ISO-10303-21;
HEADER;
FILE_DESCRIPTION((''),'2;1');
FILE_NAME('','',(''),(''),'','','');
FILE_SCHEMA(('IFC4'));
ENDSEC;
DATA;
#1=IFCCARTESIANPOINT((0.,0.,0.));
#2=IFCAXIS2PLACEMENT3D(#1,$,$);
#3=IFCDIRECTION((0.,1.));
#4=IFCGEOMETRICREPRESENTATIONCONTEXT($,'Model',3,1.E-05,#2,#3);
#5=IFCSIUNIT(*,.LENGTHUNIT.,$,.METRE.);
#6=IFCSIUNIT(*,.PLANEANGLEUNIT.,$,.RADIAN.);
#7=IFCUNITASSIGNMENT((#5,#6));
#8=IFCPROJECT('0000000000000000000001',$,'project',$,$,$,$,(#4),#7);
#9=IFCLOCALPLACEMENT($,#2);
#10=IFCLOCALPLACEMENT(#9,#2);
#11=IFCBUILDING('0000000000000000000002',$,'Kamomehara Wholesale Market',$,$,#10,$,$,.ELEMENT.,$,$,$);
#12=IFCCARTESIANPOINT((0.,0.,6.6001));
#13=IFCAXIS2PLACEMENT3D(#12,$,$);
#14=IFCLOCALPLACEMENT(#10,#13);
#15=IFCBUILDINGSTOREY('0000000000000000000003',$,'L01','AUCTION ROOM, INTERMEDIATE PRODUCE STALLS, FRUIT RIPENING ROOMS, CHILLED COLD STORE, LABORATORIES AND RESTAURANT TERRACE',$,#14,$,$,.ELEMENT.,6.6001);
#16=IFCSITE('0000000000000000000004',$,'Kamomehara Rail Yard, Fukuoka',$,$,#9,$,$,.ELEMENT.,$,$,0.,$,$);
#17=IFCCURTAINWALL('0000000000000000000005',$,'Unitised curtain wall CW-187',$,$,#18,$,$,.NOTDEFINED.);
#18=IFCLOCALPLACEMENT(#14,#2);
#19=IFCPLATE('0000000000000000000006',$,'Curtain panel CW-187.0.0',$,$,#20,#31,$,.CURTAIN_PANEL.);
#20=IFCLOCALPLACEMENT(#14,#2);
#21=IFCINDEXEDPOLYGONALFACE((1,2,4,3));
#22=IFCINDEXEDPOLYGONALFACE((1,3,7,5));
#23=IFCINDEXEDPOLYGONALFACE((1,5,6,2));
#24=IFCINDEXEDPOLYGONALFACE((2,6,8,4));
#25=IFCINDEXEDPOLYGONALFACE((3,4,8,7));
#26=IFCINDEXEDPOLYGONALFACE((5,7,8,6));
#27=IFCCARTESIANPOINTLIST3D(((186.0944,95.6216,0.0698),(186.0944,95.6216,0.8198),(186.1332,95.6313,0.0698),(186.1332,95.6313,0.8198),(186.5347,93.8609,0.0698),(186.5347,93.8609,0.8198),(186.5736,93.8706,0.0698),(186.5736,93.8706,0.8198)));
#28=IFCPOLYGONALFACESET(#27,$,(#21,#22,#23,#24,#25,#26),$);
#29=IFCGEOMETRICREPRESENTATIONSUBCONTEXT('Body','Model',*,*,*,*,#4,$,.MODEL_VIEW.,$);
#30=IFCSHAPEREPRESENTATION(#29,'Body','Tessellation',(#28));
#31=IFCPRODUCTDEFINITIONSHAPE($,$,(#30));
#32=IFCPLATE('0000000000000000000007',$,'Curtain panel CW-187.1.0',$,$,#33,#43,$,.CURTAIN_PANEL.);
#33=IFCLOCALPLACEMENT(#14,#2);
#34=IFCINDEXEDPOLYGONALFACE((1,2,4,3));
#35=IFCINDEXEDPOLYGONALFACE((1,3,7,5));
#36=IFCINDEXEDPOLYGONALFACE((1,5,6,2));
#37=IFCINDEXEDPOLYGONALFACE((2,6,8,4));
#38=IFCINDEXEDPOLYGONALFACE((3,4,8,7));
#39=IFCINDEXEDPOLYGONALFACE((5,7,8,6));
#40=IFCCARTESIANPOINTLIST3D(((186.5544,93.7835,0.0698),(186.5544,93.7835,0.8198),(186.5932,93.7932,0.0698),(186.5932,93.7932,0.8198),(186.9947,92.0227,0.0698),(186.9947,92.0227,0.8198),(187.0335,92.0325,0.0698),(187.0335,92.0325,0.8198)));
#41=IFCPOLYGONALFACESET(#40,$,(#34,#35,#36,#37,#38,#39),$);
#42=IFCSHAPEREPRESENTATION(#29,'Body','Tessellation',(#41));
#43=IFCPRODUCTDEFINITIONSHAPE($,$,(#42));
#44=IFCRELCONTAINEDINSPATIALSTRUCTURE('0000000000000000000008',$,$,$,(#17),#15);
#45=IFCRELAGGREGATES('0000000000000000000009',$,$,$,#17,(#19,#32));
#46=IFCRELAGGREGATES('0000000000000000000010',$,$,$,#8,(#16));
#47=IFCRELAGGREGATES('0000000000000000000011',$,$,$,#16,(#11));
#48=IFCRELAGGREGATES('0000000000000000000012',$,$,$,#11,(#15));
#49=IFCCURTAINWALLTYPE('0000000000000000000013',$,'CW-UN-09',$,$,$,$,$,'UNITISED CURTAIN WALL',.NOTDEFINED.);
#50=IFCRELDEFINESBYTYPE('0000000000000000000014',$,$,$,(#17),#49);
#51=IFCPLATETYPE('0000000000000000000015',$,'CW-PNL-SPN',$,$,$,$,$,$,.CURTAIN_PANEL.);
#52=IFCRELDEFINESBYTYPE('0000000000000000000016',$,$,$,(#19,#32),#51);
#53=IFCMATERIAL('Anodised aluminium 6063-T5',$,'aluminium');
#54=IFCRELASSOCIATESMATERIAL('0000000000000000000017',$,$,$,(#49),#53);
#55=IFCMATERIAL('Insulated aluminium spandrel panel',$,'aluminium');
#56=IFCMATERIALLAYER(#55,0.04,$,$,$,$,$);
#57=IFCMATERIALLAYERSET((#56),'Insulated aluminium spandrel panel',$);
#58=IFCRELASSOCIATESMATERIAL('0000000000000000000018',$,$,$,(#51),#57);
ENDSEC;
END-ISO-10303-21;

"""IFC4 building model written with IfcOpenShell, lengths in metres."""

from ifc_helpers import new_model, si_unit, direction, frame, origin, origin_2d, place, context, subcontext, project, spatial, rectangle, extrude, material, layer, layer_set, type_object, element, aggregate, save


model = new_model("IFC4")

# Units and contexts
model_context = context("Model", 3, precision=1e-05, world=origin(), true_north=direction((0.0, 1.0)))
body_context = subcontext(model_context, "Body", "Model", "MODEL_VIEW")
ifc_project = project(units=[si_unit("LENGTHUNIT", "METRE"), si_unit("PLANEANGLEUNIT", "RADIAN")], contexts=[model_context])

# Site, building, storey
site_placement = place(None, origin())
site = spatial("IfcSite", under=ifc_project, at=site_placement, Name="Kamomehara Rail Yard, Fukuoka", CompositionType="ELEMENT", RefElevation=0.0)
building_placement = place(site_placement, origin())
building = spatial("IfcBuilding", under=site, at=building_placement, Name="Kamomehara Wholesale Market", CompositionType="ELEMENT")
storey_placement = place(building_placement, frame((0.0, 0.0, 6.6001)))
storey = spatial("IfcBuildingStorey", under=building, at=storey_placement, Name="L01", Description="AUCTION ROOM, INTERMEDIATE PRODUCE STALLS, FRUIT RIPENING ROOMS, CHILLED COLD STORE, LABORATORIES AND RESTAURANT TERRACE", CompositionType="ELEMENT", Elevation=6.6001)

# Curtain wall
ifc_material_1 = material(Name="Anodised aluminium 6063-T5", Category="aluminium")
curtain_wall_type_1 = type_object("IfcCurtainWallType", Name="CW-UN-09", ElementType="UNITISED CURTAIN WALL", PredefinedType="NOTDEFINED", material=ifc_material_1)
curtain_wall_1_placement = place(storey_placement, origin())
curtain_wall_1 = element("IfcCurtainWall", 1, at=curtain_wall_1_placement, inside=storey, type_object=curtain_wall_type_1, Name="Unitised curtain wall CW-187", PredefinedType="NOTDEFINED")

# Plates
ifc_material_2 = material(Name="Insulated aluminium spandrel panel", Category="aluminium")
ifc_layer_1 = layer(ifc_material_2, 0.04)
ifc_layer_set_1 = layer_set([ifc_layer_1], Name="Insulated aluminium spandrel panel")
plate_type_1 = type_object("IfcPlateType", Name="CW-PNL-SPN", PredefinedType="CURTAIN_PANEL", material=ifc_layer_set_1)
plate_1_placement = place(storey_placement, frame((186.334, 94.7461, 0.0698), z_axis=(0.0, 0.0, 1.0), x_axis=(0.242616, -0.970122, 0.0)))
plate_1 = element("IfcPlate", 2, at=plate_1_placement, type_object=plate_type_1, Name="Curtain panel CW-187.0.0", PredefinedType="CURTAIN_PANEL", context=body_context, shape_type="SweptSolid", body=[
    extrude(rectangle(XDim=1.8149, YDim=0.04, at=origin_2d()), origin(), (0.0, 0.0, 1.0), 0.75),
])
plate_2_placement = place(storey_placement, frame((186.7939, 92.908, 0.0698), z_axis=(0.0, 0.0, 1.0), x_axis=(0.242616, -0.970122, 0.0)))
plate_2 = element("IfcPlate", 3, at=plate_2_placement, type_object=plate_type_1, Name="Curtain panel CW-187.1.0", PredefinedType="CURTAIN_PANEL", context=body_context, shape_type="SweptSolid", body=[
    extrude(rectangle(XDim=1.8149, YDim=0.04, at=origin_2d()), origin(), (0.0, 0.0, 1.0), 0.75),
])
aggregate(curtain_wall_1, [plate_1, plate_2])

save(model, "model.ifc")
